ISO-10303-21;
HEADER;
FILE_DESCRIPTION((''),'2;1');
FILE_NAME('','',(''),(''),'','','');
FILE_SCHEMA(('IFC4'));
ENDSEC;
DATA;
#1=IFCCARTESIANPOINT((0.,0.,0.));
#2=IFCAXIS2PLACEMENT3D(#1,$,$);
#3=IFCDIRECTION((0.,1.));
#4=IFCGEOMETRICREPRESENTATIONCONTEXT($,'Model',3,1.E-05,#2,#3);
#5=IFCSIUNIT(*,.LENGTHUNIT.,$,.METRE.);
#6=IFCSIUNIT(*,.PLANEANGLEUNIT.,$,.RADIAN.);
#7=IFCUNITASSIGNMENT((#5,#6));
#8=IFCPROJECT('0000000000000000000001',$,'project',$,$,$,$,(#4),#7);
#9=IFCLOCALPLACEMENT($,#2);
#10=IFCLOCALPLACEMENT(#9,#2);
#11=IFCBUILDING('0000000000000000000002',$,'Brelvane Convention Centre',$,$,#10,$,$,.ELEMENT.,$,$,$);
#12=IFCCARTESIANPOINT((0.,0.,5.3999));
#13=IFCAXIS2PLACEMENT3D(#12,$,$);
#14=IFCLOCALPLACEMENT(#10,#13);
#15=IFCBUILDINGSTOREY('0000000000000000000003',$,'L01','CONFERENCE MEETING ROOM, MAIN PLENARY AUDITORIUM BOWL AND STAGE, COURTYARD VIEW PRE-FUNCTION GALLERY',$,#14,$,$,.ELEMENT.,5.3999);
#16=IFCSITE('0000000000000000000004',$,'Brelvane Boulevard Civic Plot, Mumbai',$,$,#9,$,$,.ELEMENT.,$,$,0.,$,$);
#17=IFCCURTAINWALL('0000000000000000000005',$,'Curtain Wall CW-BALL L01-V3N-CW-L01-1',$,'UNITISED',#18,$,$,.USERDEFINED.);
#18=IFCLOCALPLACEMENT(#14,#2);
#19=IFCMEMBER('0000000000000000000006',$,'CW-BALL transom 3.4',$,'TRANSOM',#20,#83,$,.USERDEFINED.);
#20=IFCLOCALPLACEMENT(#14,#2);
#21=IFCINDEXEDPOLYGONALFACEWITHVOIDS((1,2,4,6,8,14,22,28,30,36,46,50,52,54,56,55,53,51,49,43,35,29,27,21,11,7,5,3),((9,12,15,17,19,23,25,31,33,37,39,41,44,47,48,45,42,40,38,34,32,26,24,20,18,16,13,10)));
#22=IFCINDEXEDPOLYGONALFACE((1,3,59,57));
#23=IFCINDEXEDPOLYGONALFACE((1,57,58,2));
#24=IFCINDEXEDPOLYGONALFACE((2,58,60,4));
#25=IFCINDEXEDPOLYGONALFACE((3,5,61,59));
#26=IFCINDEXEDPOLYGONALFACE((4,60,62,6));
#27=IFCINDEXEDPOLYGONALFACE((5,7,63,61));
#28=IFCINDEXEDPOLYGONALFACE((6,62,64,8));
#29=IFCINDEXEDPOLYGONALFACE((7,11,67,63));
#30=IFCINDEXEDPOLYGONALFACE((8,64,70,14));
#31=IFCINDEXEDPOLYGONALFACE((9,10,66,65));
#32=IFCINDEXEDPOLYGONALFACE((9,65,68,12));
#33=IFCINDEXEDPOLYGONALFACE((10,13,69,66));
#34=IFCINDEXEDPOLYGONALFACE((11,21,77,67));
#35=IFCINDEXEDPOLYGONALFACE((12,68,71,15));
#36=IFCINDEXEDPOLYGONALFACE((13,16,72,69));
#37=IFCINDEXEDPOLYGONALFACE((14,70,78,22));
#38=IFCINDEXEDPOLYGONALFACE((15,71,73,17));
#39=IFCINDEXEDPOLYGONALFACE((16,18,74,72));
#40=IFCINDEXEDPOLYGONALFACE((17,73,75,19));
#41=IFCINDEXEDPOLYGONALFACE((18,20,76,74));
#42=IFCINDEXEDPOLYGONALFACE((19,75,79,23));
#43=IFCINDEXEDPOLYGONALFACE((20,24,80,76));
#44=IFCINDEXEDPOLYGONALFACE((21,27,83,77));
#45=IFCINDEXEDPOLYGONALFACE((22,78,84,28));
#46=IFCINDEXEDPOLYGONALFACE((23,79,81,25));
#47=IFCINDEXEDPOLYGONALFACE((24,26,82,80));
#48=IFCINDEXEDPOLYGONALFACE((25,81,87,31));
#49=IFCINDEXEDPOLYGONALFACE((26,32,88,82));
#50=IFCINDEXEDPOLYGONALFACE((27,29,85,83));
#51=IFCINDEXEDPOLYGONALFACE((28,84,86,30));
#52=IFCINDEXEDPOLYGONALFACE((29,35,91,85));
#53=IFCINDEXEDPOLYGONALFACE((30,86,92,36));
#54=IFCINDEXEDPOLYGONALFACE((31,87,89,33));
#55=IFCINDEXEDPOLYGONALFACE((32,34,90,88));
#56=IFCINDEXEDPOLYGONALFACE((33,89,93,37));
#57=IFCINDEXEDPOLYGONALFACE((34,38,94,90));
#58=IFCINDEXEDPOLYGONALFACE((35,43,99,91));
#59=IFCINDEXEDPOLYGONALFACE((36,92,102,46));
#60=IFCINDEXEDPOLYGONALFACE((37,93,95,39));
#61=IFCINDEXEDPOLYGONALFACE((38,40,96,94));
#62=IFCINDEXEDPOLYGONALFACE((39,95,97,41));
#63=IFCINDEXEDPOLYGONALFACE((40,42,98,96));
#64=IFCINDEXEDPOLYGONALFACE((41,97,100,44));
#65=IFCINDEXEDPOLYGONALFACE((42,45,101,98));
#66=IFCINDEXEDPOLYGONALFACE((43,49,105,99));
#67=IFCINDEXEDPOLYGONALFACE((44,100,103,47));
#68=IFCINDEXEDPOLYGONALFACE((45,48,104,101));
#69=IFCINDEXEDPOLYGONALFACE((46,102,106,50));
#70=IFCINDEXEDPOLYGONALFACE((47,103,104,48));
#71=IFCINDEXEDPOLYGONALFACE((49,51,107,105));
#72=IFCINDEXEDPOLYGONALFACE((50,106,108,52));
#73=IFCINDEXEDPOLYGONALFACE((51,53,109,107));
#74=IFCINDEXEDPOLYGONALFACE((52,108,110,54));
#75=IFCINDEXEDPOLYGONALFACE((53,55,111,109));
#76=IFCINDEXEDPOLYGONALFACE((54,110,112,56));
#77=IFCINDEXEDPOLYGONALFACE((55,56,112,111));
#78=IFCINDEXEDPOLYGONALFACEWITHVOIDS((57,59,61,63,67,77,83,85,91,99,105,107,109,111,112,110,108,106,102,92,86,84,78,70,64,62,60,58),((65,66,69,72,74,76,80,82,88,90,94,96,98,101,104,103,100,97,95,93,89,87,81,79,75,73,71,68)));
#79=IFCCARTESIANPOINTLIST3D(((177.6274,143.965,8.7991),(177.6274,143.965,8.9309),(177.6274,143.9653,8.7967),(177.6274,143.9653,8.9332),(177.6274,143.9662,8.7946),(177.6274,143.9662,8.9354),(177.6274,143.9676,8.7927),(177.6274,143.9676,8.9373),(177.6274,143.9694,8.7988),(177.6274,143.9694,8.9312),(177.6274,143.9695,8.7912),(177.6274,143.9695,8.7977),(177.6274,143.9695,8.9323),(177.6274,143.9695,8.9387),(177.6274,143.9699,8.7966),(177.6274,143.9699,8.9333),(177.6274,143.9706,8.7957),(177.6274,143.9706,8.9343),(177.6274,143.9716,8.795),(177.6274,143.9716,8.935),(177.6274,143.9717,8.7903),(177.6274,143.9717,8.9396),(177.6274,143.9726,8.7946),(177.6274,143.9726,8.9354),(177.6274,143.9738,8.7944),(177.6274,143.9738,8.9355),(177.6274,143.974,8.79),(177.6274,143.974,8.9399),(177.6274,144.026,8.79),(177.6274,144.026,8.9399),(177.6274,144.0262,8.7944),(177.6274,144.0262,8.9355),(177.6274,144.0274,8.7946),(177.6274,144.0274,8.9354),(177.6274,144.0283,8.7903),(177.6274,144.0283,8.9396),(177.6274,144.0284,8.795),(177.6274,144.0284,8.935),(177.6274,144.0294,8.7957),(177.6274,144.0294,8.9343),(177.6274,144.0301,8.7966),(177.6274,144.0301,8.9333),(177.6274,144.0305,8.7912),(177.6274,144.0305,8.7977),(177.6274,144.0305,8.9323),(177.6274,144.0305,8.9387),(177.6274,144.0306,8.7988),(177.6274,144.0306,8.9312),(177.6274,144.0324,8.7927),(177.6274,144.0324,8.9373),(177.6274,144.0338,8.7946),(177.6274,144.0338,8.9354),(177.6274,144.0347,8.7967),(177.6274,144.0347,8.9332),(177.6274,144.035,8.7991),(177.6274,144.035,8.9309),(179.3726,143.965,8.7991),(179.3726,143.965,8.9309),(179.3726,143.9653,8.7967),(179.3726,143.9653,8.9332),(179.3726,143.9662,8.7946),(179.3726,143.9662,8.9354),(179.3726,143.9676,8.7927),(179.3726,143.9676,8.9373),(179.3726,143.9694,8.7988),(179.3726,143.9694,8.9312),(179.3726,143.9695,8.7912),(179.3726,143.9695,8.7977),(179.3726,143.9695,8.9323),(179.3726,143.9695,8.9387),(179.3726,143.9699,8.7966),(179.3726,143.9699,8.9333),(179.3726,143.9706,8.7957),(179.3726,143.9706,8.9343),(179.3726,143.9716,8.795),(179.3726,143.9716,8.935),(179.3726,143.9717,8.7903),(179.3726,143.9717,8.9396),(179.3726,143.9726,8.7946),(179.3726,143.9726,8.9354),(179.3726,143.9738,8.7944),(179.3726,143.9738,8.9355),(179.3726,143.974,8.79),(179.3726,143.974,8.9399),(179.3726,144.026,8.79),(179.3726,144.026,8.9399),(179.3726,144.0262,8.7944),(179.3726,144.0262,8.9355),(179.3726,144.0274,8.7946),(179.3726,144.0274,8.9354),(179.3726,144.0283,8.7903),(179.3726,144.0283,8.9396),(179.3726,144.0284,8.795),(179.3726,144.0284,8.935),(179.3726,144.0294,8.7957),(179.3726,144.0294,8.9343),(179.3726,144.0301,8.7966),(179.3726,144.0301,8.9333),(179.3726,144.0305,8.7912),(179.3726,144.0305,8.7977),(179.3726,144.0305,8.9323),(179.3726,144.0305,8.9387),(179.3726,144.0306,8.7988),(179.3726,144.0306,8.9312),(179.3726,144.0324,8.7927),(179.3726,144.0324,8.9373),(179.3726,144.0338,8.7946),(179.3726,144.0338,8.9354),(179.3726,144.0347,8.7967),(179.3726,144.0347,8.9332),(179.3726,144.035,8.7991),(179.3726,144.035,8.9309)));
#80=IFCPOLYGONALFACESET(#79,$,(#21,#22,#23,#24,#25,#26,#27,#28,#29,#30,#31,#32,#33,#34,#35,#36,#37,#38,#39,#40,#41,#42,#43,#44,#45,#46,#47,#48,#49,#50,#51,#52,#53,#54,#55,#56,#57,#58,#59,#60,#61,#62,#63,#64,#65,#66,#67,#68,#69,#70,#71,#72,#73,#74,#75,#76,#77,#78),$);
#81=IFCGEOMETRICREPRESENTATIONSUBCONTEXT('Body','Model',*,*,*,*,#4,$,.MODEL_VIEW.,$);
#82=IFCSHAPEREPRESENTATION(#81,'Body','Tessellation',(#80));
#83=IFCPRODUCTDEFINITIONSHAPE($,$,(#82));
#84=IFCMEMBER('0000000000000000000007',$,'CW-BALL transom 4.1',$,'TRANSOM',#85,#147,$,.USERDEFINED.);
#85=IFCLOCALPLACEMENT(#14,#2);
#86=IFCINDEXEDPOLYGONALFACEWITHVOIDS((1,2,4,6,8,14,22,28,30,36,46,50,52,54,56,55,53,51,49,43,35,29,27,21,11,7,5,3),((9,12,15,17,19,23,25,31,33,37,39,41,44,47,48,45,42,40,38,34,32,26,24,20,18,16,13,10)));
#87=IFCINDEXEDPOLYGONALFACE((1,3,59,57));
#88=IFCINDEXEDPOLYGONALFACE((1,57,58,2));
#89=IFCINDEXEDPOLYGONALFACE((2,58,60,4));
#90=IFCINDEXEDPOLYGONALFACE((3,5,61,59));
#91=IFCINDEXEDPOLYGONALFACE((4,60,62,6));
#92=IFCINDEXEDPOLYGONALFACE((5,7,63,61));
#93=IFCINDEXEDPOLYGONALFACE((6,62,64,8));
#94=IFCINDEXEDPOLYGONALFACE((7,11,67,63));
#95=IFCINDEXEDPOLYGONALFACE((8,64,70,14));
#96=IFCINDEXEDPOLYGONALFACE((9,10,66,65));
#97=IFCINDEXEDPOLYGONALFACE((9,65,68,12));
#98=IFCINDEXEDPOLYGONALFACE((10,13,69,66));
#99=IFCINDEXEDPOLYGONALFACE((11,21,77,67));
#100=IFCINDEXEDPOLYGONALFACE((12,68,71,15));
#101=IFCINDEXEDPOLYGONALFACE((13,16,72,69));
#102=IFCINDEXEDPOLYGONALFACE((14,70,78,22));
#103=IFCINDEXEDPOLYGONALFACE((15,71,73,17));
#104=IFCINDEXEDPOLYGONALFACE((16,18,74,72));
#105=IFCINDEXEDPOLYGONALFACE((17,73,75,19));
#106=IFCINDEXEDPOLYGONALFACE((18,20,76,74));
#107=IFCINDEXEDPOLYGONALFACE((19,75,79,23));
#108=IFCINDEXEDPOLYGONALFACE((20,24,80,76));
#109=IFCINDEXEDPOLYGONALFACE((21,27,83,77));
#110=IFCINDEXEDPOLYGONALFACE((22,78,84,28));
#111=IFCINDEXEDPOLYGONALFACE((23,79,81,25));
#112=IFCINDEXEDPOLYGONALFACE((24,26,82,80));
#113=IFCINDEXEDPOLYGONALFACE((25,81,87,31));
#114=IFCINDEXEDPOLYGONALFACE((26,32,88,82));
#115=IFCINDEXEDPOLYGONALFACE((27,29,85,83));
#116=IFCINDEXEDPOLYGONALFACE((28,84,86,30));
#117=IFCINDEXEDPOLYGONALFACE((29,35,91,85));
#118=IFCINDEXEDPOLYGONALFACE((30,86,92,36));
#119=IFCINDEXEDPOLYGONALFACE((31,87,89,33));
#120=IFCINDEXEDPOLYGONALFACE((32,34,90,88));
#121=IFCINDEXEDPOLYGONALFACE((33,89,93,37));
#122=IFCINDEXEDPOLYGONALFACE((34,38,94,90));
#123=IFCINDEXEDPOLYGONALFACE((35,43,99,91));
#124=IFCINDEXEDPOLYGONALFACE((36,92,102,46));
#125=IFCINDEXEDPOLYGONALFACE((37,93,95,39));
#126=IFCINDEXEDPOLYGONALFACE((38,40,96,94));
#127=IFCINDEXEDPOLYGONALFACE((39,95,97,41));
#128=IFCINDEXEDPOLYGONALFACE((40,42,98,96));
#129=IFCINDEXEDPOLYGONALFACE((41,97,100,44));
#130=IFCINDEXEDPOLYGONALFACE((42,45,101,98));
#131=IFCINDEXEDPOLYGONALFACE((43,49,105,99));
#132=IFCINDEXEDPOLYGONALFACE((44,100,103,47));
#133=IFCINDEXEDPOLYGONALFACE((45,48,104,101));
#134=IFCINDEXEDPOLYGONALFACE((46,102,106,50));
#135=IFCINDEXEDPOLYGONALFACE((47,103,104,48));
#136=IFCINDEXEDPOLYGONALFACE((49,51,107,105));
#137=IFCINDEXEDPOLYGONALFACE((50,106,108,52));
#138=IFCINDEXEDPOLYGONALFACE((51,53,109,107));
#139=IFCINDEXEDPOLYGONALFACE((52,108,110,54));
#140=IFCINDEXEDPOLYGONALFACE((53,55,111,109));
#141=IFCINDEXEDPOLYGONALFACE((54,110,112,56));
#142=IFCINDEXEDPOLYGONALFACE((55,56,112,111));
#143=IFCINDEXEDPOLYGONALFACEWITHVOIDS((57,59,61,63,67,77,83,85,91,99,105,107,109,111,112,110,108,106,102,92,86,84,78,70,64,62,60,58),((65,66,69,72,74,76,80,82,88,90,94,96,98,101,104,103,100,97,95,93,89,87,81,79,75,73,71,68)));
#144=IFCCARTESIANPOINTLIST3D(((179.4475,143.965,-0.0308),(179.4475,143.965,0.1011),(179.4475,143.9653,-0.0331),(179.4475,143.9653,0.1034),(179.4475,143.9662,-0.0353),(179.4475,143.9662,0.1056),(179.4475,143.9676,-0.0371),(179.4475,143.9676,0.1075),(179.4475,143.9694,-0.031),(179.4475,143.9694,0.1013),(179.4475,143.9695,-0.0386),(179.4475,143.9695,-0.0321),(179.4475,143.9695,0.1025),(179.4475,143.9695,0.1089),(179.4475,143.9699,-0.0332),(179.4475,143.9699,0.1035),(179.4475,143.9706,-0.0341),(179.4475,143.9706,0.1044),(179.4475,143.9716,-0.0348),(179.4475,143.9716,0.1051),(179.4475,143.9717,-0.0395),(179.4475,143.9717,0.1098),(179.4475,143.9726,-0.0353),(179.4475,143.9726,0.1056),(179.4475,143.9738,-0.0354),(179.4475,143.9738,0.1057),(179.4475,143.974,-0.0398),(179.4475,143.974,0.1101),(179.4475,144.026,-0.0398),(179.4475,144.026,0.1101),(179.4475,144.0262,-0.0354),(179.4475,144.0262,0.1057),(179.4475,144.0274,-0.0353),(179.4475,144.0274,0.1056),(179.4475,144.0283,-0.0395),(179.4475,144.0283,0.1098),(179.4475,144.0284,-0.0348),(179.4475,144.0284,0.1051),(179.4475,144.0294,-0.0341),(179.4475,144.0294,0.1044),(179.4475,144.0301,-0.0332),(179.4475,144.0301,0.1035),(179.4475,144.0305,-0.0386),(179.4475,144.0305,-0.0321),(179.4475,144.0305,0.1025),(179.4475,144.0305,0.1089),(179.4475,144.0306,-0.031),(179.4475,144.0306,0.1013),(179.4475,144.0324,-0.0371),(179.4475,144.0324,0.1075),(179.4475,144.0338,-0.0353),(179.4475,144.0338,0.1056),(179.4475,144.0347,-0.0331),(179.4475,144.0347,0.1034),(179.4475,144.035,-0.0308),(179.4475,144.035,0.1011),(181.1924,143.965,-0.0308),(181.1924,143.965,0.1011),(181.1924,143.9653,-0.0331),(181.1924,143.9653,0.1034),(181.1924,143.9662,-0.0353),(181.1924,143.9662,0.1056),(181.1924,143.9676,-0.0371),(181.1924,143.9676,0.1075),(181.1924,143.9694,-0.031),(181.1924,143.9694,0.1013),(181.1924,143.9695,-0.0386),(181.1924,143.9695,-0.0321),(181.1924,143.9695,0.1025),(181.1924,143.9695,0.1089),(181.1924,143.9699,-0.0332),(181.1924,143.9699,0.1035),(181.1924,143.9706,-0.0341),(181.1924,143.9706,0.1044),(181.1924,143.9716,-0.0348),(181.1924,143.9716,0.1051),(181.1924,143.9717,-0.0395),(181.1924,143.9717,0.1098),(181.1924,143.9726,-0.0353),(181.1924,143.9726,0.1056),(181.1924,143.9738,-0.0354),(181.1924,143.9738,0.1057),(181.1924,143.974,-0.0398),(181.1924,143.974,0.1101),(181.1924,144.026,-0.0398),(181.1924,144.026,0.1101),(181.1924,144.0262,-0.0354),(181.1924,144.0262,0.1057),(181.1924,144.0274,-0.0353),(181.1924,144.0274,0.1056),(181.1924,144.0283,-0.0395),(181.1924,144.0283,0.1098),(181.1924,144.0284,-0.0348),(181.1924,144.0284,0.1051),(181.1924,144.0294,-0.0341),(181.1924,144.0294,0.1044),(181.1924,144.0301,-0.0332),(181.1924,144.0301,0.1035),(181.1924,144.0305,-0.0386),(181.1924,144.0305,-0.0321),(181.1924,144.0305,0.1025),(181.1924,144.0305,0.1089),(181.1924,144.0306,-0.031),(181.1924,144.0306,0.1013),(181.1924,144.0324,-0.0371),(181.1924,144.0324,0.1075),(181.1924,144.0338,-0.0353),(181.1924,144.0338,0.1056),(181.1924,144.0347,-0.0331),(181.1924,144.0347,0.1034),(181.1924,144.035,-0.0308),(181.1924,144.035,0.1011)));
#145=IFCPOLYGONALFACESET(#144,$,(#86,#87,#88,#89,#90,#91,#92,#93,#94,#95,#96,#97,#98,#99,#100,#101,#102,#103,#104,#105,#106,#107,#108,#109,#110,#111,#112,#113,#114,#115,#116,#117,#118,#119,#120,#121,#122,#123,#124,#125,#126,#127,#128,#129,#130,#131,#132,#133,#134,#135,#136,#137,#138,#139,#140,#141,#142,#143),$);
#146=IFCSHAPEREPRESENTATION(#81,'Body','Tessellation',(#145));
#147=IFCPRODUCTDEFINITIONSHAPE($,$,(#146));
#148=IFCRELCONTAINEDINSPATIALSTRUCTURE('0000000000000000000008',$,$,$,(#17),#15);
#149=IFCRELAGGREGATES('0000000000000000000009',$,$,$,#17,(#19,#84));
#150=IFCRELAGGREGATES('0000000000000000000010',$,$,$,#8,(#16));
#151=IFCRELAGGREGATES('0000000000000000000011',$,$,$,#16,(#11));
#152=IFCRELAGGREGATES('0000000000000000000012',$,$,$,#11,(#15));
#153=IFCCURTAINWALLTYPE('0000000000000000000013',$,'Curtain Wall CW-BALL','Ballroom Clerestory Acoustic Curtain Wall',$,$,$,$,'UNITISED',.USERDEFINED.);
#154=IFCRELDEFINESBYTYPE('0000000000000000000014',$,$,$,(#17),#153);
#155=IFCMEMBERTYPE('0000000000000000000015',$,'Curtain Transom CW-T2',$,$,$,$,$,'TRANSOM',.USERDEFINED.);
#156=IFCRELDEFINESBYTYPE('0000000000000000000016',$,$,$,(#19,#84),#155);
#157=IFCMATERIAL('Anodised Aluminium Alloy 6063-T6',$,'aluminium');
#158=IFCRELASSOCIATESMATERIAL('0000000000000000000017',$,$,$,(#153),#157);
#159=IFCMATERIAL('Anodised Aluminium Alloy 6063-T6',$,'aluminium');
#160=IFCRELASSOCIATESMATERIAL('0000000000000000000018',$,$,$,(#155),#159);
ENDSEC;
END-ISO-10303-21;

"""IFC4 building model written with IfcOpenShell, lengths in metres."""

from ifc_helpers import new_model, si_unit, direction, frame, origin, origin_2d, place, context, subcontext, project, spatial, hollow_rectangle, extrude, material, material_profile, profile_set, type_object, element, aggregate, save


model = new_model("IFC4")

# Units and contexts
model_context = context("Model", 3, precision=1e-05, world=origin(), true_north=direction((0.0, 1.0)))
body_context = subcontext(model_context, "Body", "Model", "MODEL_VIEW")
ifc_project = project(units=[si_unit("LENGTHUNIT", "METRE"), si_unit("PLANEANGLEUNIT", "RADIAN")], contexts=[model_context])

# Site, building, storey
site_placement = place(None, origin())
site = spatial("IfcSite", under=ifc_project, at=site_placement, Name="Brelvane Boulevard Civic Plot, Mumbai", CompositionType="ELEMENT", RefElevation=0.0)
building_placement = place(site_placement, origin())
building = spatial("IfcBuilding", under=site, at=building_placement, Name="Brelvane Convention Centre", CompositionType="ELEMENT")
storey_placement = place(building_placement, frame((0.0, 0.0, 5.3999)))
storey = spatial("IfcBuildingStorey", under=building, at=storey_placement, Name="L01", Description="CONFERENCE MEETING ROOM, MAIN PLENARY AUDITORIUM BOWL AND STAGE, COURTYARD VIEW PRE-FUNCTION GALLERY", CompositionType="ELEMENT", Elevation=5.3999)

# Curtain wall, members
ifc_material_1 = material(Name="Anodised Aluminium Alloy 6063-T6", Category="aluminium")
curtain_wall_type = type_object("IfcCurtainWallType", Name="Curtain Wall CW-BALL", Description="Ballroom Clerestory Acoustic Curtain Wall", ElementType="UNITISED", PredefinedType="USERDEFINED", material=ifc_material_1)
curtain_wall_placement = place(storey_placement, origin())
curtain_wall = element("IfcCurtainWall", 1, at=curtain_wall_placement, inside=storey, type_object=curtain_wall_type, Name="Curtain Wall CW-BALL L01-V3N-CW-L01-1", ObjectType="UNITISED", PredefinedType="USERDEFINED")
ifc_material_2 = material(Name="Anodised Aluminium Alloy 6063-T6", Category="aluminium")
ifc_material_profile_1 = material_profile(ifc_material_2, hollow_rectangle(XDim=0.0701, YDim=0.1499, WallThickness=0.0044, InnerFilletRadius=0.0044, OuterFilletRadius=0.009, at=origin_2d()), Name="ALU-T 150x70x4.5")
ifc_profile_set_1 = profile_set([ifc_material_profile_1], Name="Anodised Aluminium Alloy 6063-T6")
member_type_1 = type_object("IfcMemberType", Name="Curtain Transom CW-T2", ElementType="TRANSOM", PredefinedType="USERDEFINED", material=ifc_profile_set_1)
member_1_placement = place(storey_placement, frame((177.6274, 144.0, 8.865), z_axis=(1.0, 0.0, 0.0), x_axis=(0.0, 1.0, 0.0)))
member_1 = element("IfcMember", 2, at=member_1_placement, type_object=member_type_1, Name="CW-BALL transom 3.4", ObjectType="TRANSOM", PredefinedType="USERDEFINED", context=body_context, shape_type="SweptSolid", body=[
    extrude(hollow_rectangle(XDim=0.0701, YDim=0.1499, WallThickness=0.0044, InnerFilletRadius=0.0044, OuterFilletRadius=0.009, at=origin_2d()), origin(), (0.0, 0.0, 1.0), 1.7451),
])
member_2_placement = place(storey_placement, frame((179.4475, 144.0, 0.0352), z_axis=(1.0, 0.0, 0.0), x_axis=(0.0, 1.0, 0.0)))
member_2 = element("IfcMember", 3, at=member_2_placement, type_object=member_type_1, Name="CW-BALL transom 4.1", ObjectType="TRANSOM", PredefinedType="USERDEFINED", context=body_context, shape_type="SweptSolid", body=[
    extrude(hollow_rectangle(XDim=0.0701, YDim=0.1499, WallThickness=0.0044, InnerFilletRadius=0.0044, OuterFilletRadius=0.009, at=origin_2d()), origin(), (0.0, 0.0, 1.0), 1.7449),
])
aggregate(curtain_wall, [member_1, member_2])

save(model, "model.ifc")
